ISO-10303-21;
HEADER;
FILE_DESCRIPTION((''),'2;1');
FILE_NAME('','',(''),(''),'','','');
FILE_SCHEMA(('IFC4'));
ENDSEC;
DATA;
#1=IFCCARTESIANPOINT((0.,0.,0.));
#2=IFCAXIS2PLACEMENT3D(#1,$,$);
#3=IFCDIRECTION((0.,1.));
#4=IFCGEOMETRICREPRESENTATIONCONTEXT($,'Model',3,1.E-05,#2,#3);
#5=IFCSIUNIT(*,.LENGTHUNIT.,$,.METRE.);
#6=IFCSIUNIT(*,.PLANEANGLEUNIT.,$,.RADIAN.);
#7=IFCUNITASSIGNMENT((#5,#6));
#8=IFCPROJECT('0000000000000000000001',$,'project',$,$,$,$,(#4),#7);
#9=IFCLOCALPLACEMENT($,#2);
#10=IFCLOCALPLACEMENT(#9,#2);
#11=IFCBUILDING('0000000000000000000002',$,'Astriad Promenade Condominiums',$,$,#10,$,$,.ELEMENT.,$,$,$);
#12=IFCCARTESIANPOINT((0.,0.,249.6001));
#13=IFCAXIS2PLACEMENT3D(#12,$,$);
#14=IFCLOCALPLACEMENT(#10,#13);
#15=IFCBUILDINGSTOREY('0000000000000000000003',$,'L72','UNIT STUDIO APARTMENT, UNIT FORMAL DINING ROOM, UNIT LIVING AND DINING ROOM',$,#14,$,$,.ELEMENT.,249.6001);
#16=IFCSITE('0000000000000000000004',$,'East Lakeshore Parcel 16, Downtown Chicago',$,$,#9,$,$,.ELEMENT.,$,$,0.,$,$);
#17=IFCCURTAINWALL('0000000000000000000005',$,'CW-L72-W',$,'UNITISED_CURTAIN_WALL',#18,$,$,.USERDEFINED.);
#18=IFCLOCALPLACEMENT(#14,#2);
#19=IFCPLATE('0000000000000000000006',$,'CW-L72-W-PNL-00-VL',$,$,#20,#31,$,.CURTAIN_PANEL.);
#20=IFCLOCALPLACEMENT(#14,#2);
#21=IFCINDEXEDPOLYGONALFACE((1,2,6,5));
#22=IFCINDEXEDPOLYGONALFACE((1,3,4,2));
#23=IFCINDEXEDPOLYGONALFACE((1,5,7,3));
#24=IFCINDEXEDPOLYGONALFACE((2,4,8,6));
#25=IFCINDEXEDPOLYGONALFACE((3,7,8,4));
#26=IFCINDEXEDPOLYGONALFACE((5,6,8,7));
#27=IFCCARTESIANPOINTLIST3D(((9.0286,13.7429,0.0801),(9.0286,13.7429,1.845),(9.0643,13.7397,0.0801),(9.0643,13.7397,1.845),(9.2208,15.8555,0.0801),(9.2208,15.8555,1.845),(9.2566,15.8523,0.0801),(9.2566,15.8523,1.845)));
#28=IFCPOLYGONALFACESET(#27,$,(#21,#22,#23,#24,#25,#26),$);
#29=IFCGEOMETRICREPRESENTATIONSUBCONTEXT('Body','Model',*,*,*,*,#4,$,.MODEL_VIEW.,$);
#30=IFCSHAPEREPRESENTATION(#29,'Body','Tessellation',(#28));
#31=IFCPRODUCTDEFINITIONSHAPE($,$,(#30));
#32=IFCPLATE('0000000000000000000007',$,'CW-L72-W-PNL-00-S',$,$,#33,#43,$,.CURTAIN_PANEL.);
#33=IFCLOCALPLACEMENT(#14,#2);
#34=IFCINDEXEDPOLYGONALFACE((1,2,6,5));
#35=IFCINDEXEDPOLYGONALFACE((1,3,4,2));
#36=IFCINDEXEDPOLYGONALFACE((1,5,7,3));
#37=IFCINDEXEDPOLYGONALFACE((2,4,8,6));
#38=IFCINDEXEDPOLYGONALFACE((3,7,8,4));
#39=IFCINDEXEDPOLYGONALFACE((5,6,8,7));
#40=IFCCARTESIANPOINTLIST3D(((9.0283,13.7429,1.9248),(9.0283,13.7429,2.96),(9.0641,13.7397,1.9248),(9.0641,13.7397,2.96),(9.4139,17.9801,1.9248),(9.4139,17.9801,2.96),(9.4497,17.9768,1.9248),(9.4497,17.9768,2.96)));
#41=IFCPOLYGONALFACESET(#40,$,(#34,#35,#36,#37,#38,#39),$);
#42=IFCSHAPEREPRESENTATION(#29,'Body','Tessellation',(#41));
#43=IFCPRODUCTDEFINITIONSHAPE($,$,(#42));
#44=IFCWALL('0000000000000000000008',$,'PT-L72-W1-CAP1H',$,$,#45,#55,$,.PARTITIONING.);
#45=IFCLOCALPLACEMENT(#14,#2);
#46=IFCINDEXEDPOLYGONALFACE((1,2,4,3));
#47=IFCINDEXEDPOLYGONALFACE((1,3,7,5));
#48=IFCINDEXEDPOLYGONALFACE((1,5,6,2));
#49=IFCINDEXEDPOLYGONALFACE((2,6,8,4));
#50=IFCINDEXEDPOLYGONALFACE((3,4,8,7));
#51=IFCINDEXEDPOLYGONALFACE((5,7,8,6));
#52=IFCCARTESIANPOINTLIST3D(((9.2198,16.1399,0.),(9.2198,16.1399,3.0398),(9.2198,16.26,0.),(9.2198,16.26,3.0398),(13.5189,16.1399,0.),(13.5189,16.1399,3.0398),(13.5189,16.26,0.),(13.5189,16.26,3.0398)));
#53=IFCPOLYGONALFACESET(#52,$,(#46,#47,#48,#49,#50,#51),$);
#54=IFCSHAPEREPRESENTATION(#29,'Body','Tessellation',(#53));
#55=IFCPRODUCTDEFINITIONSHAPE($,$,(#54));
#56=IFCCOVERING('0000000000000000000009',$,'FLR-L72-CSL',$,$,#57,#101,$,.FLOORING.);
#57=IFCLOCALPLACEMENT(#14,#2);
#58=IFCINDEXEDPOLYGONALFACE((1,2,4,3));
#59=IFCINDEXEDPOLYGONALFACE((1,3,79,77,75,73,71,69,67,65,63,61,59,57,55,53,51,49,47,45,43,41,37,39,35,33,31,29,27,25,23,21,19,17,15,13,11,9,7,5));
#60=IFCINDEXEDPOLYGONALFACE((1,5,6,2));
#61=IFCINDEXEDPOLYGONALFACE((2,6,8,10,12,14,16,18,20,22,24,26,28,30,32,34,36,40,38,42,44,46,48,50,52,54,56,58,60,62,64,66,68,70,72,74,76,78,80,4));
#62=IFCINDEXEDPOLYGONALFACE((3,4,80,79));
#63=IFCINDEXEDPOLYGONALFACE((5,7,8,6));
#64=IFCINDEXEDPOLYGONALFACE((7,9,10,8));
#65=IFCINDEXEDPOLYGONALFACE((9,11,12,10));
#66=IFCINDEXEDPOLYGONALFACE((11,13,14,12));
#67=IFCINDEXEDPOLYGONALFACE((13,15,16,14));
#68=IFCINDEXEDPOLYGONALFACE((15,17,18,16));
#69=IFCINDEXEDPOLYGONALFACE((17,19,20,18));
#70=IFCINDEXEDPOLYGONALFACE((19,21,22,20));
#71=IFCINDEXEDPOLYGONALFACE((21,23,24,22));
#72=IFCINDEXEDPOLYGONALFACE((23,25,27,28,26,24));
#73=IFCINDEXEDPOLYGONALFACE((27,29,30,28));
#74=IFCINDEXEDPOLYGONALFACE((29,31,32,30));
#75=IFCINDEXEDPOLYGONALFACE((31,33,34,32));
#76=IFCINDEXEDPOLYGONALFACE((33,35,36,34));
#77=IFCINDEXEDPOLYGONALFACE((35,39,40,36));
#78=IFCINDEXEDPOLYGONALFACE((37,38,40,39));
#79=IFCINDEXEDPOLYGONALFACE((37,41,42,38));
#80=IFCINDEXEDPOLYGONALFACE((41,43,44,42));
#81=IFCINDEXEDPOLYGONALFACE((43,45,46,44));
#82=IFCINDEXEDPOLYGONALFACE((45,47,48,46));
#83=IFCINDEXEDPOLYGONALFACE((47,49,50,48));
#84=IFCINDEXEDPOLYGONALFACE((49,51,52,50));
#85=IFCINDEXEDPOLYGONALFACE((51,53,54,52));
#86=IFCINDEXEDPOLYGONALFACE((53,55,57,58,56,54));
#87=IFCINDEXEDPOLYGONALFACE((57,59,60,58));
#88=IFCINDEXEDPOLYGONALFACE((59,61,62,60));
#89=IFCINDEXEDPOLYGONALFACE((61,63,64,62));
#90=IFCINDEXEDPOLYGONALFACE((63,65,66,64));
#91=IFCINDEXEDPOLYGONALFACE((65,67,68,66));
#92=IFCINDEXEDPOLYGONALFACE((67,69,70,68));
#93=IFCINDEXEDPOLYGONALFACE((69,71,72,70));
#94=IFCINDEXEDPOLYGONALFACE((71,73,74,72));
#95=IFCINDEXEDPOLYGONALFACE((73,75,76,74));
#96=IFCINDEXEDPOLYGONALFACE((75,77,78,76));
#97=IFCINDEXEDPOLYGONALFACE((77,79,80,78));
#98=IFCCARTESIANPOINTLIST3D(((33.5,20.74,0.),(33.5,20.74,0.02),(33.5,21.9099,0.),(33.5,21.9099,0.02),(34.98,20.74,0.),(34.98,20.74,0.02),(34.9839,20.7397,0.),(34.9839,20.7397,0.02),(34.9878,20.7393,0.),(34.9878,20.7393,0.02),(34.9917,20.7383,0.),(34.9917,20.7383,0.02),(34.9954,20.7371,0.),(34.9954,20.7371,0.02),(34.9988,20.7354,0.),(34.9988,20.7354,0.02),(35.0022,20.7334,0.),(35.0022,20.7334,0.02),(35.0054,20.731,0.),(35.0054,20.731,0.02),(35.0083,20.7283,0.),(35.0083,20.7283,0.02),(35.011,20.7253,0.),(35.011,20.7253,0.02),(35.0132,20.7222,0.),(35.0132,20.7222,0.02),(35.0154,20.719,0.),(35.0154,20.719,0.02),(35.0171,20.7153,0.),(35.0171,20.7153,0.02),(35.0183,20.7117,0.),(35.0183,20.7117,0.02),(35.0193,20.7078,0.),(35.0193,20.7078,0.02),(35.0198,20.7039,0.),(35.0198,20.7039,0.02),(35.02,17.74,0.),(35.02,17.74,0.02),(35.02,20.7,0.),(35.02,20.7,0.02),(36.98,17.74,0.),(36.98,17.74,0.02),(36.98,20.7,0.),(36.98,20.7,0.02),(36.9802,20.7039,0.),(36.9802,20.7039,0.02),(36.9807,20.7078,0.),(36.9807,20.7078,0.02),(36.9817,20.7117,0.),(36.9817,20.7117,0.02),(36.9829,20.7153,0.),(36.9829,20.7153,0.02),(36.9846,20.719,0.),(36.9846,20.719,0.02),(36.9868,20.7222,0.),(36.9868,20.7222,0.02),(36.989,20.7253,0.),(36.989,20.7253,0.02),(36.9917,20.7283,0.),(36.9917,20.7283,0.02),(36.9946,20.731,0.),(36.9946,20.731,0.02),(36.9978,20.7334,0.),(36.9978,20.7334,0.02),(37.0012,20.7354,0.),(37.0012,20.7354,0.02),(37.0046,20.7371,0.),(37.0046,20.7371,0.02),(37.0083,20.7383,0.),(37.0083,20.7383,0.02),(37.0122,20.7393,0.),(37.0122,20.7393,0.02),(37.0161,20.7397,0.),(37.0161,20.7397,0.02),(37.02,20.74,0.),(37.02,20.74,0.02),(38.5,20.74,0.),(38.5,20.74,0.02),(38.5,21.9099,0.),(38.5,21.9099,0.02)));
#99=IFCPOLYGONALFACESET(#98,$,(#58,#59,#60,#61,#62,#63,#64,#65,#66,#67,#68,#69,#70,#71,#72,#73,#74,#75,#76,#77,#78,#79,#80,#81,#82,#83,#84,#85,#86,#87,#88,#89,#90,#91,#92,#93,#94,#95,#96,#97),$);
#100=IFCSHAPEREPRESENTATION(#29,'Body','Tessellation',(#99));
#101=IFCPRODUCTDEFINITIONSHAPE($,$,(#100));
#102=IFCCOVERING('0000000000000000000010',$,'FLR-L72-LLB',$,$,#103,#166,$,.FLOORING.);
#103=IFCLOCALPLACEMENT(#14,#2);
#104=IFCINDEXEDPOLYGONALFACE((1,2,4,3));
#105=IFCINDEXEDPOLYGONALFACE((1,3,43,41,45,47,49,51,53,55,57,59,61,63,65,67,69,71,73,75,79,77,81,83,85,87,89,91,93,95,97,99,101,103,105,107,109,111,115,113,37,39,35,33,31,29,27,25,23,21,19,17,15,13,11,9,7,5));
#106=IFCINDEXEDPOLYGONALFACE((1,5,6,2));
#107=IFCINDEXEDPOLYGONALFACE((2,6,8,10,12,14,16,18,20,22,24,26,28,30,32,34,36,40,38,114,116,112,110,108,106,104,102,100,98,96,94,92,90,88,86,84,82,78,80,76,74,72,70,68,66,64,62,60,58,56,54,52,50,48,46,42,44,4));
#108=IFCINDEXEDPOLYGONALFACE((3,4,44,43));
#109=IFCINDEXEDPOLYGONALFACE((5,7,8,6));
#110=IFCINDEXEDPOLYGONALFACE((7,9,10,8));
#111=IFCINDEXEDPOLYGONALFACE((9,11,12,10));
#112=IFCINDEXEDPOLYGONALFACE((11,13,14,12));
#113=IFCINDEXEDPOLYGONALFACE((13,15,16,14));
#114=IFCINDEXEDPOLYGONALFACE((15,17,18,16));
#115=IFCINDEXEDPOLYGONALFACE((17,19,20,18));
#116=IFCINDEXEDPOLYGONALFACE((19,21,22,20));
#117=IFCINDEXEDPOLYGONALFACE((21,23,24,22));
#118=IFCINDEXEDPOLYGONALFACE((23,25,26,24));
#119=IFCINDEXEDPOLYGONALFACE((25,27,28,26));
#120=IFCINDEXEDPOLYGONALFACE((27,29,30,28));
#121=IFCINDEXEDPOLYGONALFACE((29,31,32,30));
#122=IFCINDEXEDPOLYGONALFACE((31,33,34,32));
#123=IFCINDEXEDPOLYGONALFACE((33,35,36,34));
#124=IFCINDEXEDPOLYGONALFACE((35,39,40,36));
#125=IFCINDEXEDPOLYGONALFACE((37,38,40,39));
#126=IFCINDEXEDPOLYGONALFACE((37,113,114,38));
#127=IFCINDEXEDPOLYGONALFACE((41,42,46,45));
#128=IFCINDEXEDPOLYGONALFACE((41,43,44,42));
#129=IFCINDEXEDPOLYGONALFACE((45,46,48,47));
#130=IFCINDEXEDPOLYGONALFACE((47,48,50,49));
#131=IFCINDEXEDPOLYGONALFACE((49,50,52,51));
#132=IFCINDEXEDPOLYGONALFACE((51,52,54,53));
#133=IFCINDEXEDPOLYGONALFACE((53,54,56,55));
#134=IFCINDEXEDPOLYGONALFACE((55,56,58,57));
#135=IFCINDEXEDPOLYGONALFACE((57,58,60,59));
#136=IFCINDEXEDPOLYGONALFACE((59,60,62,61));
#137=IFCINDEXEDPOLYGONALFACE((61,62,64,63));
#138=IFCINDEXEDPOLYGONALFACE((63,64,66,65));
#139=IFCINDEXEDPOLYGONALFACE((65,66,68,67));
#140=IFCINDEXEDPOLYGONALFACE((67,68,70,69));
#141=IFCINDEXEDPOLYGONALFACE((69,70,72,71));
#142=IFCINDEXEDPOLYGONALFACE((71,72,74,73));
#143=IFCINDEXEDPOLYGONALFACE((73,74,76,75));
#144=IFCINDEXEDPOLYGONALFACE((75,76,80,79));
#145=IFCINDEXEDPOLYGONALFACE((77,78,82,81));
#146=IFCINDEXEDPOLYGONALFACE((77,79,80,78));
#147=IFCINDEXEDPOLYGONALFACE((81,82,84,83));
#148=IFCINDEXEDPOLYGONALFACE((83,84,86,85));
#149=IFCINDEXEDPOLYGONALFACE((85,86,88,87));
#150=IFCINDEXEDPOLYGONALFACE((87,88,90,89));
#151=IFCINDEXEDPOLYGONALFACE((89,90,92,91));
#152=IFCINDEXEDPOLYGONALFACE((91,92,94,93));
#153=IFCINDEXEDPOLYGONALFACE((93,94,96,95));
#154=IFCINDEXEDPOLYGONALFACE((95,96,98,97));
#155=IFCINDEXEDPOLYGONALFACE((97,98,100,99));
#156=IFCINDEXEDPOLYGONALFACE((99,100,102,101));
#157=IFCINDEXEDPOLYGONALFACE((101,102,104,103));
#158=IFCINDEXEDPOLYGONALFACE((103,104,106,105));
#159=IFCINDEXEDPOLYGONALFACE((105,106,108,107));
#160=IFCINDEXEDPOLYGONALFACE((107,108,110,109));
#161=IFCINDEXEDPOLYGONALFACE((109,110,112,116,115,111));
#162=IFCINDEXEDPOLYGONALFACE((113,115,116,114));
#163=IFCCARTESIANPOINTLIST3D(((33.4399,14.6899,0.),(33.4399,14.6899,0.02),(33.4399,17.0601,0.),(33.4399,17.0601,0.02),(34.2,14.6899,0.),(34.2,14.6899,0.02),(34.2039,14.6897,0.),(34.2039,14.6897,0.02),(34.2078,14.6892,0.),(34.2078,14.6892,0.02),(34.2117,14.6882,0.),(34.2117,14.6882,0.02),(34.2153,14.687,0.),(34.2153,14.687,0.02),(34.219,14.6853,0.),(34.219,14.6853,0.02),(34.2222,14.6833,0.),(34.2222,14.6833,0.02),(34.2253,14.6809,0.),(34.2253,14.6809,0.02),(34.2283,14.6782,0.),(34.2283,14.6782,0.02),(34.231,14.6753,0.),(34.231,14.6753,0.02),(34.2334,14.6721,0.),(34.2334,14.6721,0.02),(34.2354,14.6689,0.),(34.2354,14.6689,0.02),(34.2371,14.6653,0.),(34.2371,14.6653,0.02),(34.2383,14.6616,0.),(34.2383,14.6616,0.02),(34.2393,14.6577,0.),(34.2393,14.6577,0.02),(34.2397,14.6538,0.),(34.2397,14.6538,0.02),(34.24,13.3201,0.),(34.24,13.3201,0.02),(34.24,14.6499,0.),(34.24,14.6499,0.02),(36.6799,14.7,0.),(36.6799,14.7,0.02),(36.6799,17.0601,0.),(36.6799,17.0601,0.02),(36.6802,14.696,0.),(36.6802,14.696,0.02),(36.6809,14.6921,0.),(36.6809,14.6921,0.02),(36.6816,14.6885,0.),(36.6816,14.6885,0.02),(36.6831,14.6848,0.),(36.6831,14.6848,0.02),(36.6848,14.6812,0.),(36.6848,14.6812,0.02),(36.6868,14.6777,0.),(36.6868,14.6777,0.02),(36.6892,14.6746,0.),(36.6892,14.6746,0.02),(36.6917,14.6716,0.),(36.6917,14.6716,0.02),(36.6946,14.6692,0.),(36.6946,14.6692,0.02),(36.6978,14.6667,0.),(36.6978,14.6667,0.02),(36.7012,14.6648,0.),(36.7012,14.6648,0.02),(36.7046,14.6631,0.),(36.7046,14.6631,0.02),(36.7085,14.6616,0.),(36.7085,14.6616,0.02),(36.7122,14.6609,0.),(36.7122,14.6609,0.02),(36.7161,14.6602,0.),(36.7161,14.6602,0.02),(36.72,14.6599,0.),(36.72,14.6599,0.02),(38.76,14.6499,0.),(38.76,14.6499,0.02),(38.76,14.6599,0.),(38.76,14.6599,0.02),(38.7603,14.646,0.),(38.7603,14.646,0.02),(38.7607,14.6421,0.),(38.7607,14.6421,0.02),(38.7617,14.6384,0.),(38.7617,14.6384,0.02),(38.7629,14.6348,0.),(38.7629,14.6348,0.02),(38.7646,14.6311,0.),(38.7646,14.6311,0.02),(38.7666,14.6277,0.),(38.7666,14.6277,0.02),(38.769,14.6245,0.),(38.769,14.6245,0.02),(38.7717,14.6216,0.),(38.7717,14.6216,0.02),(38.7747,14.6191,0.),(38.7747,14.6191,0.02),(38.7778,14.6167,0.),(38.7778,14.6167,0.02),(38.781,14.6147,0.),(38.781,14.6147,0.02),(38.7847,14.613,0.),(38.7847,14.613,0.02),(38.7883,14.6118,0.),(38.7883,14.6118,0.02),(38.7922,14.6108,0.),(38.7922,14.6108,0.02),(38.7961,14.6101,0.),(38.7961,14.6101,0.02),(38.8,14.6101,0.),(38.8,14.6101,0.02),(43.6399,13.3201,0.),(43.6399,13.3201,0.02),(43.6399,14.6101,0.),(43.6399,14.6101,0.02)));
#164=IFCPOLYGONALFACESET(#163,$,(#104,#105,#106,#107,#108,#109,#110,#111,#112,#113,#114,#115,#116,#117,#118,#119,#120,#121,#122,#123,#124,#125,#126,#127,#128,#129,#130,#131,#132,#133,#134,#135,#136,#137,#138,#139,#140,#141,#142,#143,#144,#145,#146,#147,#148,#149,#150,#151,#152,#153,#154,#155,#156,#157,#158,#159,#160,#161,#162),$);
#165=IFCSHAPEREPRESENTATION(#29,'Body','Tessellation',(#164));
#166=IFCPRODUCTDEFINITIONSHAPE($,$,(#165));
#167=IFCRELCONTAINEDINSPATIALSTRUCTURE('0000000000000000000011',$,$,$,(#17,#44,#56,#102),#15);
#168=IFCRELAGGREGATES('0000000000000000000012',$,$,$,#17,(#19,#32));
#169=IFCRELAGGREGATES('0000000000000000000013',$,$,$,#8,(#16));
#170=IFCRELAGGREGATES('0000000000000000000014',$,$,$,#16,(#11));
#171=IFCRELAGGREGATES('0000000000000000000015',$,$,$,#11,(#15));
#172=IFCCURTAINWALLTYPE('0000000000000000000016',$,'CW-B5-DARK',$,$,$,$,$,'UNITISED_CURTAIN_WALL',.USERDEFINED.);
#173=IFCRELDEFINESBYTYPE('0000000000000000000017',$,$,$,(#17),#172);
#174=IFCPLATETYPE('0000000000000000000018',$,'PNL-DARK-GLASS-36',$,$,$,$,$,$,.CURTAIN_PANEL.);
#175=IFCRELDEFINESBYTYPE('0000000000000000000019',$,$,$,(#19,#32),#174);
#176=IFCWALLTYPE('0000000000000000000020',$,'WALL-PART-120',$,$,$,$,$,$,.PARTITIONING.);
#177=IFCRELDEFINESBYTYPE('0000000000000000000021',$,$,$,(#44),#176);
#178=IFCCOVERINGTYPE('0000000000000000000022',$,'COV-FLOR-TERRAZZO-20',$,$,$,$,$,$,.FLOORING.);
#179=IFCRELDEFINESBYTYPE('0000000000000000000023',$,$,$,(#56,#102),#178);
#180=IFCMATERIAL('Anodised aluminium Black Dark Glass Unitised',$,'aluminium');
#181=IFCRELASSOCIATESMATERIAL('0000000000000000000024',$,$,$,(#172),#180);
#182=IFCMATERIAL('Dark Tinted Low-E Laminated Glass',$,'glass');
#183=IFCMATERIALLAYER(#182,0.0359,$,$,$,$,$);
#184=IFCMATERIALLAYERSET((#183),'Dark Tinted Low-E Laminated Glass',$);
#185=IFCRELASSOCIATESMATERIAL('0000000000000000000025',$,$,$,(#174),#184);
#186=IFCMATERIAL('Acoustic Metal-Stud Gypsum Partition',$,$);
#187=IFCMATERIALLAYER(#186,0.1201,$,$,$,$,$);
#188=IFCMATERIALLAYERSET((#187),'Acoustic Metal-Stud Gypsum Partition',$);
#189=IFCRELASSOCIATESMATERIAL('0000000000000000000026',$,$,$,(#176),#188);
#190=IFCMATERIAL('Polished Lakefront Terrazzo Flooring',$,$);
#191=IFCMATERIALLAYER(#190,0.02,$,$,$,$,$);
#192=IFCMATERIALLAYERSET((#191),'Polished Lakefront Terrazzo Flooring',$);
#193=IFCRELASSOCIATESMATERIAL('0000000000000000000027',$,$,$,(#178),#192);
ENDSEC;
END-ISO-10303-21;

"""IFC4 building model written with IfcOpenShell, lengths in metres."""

from ifc_helpers import new_model, si_unit, direction, frame, frame_2d, origin, origin_2d, place, context, subcontext, project, spatial, polyline, rectangle, outline, extrude, source, transform, mapped, material, layer, layer_set, type_object, type_shapes, element, aggregate, save


model = new_model("IFC4")

# Units and contexts
model_context = context("Model", 3, precision=1e-05, world=origin(), true_north=direction((0.0, 1.0)))
body_context = subcontext(model_context, "Body", "Model", "MODEL_VIEW")
ifc_project = project(units=[si_unit("LENGTHUNIT", "METRE"), si_unit("PLANEANGLEUNIT", "RADIAN")], contexts=[model_context])

# Site, building, storey
site_placement = place(None, origin())
site = spatial("IfcSite", under=ifc_project, at=site_placement, Name="East Lakeshore Parcel 16, Downtown Chicago", CompositionType="ELEMENT", RefElevation=0.0)
building_placement = place(site_placement, origin())
building = spatial("IfcBuilding", under=site, at=building_placement, Name="Astriad Promenade Condominiums", CompositionType="ELEMENT")
storey_placement = place(building_placement, frame((0.0, 0.0, 249.6001)))
storey = spatial("IfcBuildingStorey", under=building, at=storey_placement, Name="L72", Description="UNIT STUDIO APARTMENT, UNIT FORMAL DINING ROOM, UNIT LIVING AND DINING ROOM", CompositionType="ELEMENT", Elevation=249.6001)

# Curtain wall
ifc_material_1 = material(Name="Anodised aluminium Black Dark Glass Unitised", Category="aluminium")
curtain_wall_type = type_object("IfcCurtainWallType", Name="CW-B5-DARK", ElementType="UNITISED_CURTAIN_WALL", PredefinedType="USERDEFINED", material=ifc_material_1)
curtain_wall_placement = place(storey_placement, origin())
curtain_wall = element("IfcCurtainWall", 1, at=curtain_wall_placement, inside=storey, type_object=curtain_wall_type, Name="CW-L72-W", ObjectType="UNITISED_CURTAIN_WALL", PredefinedType="USERDEFINED")

# Plates
ifc_material_2 = material(Name="Dark Tinted Low-E Laminated Glass", Category="glass")
ifc_layer_1 = layer(ifc_material_2, 0.0359)
ifc_layer_set_1 = layer_set([ifc_layer_1], Name="Dark Tinted Low-E Laminated Glass")
plate_type = type_object("IfcPlateType", Name="PNL-DARK-GLASS-36", PredefinedType="CURTAIN_PANEL", material=ifc_layer_set_1)
shared_shape_1 = source(origin(), body_context, "Body", "SweptSolid", [
    extrude(rectangle(XDim=2.1213, YDim=0.0359, at=origin_2d()), origin(), (0.0, 0.0, 1.0), 1.7649),
])
plate_1_placement = place(storey_placement, frame((9.1426, 14.7976, 0.0801), z_axis=(0.0, 0.0, 1.0), x_axis=(0.090633, 0.995884, 0.0)))
plate_1 = element("IfcPlate", 2, at=plate_1_placement, type_object=plate_type, Name="CW-L72-W-PNL-00-VL", PredefinedType="CURTAIN_PANEL", context=body_context, shape_type="MappedRepresentation", body=[
    mapped(shared_shape_1, transform((0.0, 0.0, 0.0), scale=1.0)),
])
shared_shape_2 = source(origin(), body_context, "Body", "SweptSolid", [
    extrude(rectangle(XDim=4.2546, YDim=0.0359, at=origin_2d()), origin(), (0.0, 0.0, 1.0), 1.0352),
])
type_shapes(plate_type, [shared_shape_1, shared_shape_2])
plate_2_placement = place(storey_placement, frame((9.239, 15.8599, 1.9248), z_axis=(0.0, 0.0, 1.0), x_axis=(0.090633, 0.995884, 0.0)))
plate_2 = element("IfcPlate", 3, at=plate_2_placement, type_object=plate_type, Name="CW-L72-W-PNL-00-S", PredefinedType="CURTAIN_PANEL", context=body_context, shape_type="MappedRepresentation", body=[
    mapped(shared_shape_2, transform((0.0, 0.0, 0.0), scale=1.0)),
])
aggregate(curtain_wall, [plate_1, plate_2])

# Wall
ifc_material_3 = material(Name="Acoustic Metal-Stud Gypsum Partition")
ifc_layer_2 = layer(ifc_material_3, 0.1201)
ifc_layer_set_2 = layer_set([ifc_layer_2], Name="Acoustic Metal-Stud Gypsum Partition")
wall_type = type_object("IfcWallType", Name="WALL-PART-120", PredefinedType="PARTITIONING", material=ifc_layer_set_2)
wall_placement = place(storey_placement, frame((9.22, 16.2, 0.0), z_axis=(0.0, 0.0, 1.0), x_axis=(1.0, 0.0, 0.0)))
element("IfcWall", 4, at=wall_placement, inside=storey, type_object=wall_type, Name="PT-L72-W1-CAP1H", PredefinedType="PARTITIONING", context=body_context, shape_type="SweptSolid", body=[
    extrude(rectangle(XDim=4.2991, YDim=0.1201, at=frame_2d((2.1494, 0.0))), origin(), (0.0, 0.0, 1.0), 3.0398),
])

# Coverings
ifc_material_4 = material(Name="Polished Lakefront Terrazzo Flooring")
ifc_layer_3 = layer(ifc_material_4, 0.02)
ifc_layer_set_3 = layer_set([ifc_layer_3], Name="Polished Lakefront Terrazzo Flooring")
covering_type = type_object("IfcCoveringType", Name="COV-FLOR-TERRAZZO-20", PredefinedType="FLOORING", material=ifc_layer_set_3)
covering_1_placement = place(storey_placement, origin())
element("IfcCovering", 5, at=covering_1_placement, inside=storey, type_object=covering_type, Name="FLR-L72-CSL", PredefinedType="FLOORING", context=body_context, shape_type="SweptSolid", body=[
    extrude(outline(polyline([(36.98, 20.7), (36.98, 17.74), (35.02, 17.74), (35.02, 20.7), (35.0198, 20.7039), (35.0193, 20.7078), (35.0183, 20.7117), (35.0171, 20.7153), (35.0154, 20.719), (35.0132, 20.7222), (35.011, 20.7253), (35.0083, 20.7283), (35.0054, 20.731), (35.0022, 20.7334), (34.9988, 20.7354), (34.9954, 20.7371), (34.9917, 20.7383), (34.9878, 20.7393), (34.9839, 20.7397), (34.98, 20.74), (33.5, 20.74), (33.5, 21.9099), (38.5, 21.9099), (38.5, 20.74), (37.02, 20.74), (37.0161, 20.7397), (37.0122, 20.7393), (37.0083, 20.7383), (37.0046, 20.7371), (37.0012, 20.7354), (36.9978, 20.7334), (36.9946, 20.731), (36.9917, 20.7283), (36.989, 20.7253), (36.9868, 20.7222), (36.9846, 20.719), (36.9829, 20.7153), (36.9817, 20.7117), (36.9807, 20.7078), (36.9802, 20.7039), (36.98, 20.7)])), origin(), (0.0, 0.0, 1.0), 0.02),
])
covering_2_placement = place(storey_placement, origin())
element("IfcCovering", 6, at=covering_2_placement, inside=storey, type_object=covering_type, Name="FLR-L72-LLB", PredefinedType="FLOORING", context=body_context, shape_type="SweptSolid", body=[
    extrude(outline(polyline([(43.6399, 14.6101), (43.6399, 13.3201), (34.24, 13.3201), (34.24, 14.6499), (34.2397, 14.6538), (34.2393, 14.6577), (34.2383, 14.6616), (34.2371, 14.6653), (34.2354, 14.6689), (34.2334, 14.6721), (34.231, 14.6753), (34.2283, 14.6782), (34.2253, 14.6809), (34.2222, 14.6833), (34.219, 14.6853), (34.2153, 14.687), (34.2117, 14.6882), (34.2078, 14.6892), (34.2039, 14.6897), (34.2, 14.6899), (33.4399, 14.6899), (33.4399, 17.0601), (36.6799, 17.0601), (36.6799, 14.7), (36.6802, 14.696), (36.6809, 14.6921), (36.6816, 14.6885), (36.6831, 14.6848), (36.6848, 14.6812), (36.6868, 14.6777), (36.6892, 14.6746), (36.6917, 14.6716), (36.6946, 14.6692), (36.6978, 14.6667), (36.7012, 14.6648), (36.7046, 14.6631), (36.7085, 14.6616), (36.7122, 14.6609), (36.7161, 14.6602), (36.72, 14.6599), (38.76, 14.6599), (38.76, 14.6499), (38.7603, 14.646), (38.7607, 14.6421), (38.7617, 14.6384), (38.7629, 14.6348), (38.7646, 14.6311), (38.7666, 14.6277), (38.769, 14.6245), (38.7717, 14.6216), (38.7747, 14.6191), (38.7778, 14.6167), (38.781, 14.6147), (38.7847, 14.613), (38.7883, 14.6118), (38.7922, 14.6108), (38.7961, 14.6101), (38.8, 14.6101), (43.6399, 14.6101)])), origin(), (0.0, 0.0, 1.0), 0.02),
])

save(model, "model.ifc")
